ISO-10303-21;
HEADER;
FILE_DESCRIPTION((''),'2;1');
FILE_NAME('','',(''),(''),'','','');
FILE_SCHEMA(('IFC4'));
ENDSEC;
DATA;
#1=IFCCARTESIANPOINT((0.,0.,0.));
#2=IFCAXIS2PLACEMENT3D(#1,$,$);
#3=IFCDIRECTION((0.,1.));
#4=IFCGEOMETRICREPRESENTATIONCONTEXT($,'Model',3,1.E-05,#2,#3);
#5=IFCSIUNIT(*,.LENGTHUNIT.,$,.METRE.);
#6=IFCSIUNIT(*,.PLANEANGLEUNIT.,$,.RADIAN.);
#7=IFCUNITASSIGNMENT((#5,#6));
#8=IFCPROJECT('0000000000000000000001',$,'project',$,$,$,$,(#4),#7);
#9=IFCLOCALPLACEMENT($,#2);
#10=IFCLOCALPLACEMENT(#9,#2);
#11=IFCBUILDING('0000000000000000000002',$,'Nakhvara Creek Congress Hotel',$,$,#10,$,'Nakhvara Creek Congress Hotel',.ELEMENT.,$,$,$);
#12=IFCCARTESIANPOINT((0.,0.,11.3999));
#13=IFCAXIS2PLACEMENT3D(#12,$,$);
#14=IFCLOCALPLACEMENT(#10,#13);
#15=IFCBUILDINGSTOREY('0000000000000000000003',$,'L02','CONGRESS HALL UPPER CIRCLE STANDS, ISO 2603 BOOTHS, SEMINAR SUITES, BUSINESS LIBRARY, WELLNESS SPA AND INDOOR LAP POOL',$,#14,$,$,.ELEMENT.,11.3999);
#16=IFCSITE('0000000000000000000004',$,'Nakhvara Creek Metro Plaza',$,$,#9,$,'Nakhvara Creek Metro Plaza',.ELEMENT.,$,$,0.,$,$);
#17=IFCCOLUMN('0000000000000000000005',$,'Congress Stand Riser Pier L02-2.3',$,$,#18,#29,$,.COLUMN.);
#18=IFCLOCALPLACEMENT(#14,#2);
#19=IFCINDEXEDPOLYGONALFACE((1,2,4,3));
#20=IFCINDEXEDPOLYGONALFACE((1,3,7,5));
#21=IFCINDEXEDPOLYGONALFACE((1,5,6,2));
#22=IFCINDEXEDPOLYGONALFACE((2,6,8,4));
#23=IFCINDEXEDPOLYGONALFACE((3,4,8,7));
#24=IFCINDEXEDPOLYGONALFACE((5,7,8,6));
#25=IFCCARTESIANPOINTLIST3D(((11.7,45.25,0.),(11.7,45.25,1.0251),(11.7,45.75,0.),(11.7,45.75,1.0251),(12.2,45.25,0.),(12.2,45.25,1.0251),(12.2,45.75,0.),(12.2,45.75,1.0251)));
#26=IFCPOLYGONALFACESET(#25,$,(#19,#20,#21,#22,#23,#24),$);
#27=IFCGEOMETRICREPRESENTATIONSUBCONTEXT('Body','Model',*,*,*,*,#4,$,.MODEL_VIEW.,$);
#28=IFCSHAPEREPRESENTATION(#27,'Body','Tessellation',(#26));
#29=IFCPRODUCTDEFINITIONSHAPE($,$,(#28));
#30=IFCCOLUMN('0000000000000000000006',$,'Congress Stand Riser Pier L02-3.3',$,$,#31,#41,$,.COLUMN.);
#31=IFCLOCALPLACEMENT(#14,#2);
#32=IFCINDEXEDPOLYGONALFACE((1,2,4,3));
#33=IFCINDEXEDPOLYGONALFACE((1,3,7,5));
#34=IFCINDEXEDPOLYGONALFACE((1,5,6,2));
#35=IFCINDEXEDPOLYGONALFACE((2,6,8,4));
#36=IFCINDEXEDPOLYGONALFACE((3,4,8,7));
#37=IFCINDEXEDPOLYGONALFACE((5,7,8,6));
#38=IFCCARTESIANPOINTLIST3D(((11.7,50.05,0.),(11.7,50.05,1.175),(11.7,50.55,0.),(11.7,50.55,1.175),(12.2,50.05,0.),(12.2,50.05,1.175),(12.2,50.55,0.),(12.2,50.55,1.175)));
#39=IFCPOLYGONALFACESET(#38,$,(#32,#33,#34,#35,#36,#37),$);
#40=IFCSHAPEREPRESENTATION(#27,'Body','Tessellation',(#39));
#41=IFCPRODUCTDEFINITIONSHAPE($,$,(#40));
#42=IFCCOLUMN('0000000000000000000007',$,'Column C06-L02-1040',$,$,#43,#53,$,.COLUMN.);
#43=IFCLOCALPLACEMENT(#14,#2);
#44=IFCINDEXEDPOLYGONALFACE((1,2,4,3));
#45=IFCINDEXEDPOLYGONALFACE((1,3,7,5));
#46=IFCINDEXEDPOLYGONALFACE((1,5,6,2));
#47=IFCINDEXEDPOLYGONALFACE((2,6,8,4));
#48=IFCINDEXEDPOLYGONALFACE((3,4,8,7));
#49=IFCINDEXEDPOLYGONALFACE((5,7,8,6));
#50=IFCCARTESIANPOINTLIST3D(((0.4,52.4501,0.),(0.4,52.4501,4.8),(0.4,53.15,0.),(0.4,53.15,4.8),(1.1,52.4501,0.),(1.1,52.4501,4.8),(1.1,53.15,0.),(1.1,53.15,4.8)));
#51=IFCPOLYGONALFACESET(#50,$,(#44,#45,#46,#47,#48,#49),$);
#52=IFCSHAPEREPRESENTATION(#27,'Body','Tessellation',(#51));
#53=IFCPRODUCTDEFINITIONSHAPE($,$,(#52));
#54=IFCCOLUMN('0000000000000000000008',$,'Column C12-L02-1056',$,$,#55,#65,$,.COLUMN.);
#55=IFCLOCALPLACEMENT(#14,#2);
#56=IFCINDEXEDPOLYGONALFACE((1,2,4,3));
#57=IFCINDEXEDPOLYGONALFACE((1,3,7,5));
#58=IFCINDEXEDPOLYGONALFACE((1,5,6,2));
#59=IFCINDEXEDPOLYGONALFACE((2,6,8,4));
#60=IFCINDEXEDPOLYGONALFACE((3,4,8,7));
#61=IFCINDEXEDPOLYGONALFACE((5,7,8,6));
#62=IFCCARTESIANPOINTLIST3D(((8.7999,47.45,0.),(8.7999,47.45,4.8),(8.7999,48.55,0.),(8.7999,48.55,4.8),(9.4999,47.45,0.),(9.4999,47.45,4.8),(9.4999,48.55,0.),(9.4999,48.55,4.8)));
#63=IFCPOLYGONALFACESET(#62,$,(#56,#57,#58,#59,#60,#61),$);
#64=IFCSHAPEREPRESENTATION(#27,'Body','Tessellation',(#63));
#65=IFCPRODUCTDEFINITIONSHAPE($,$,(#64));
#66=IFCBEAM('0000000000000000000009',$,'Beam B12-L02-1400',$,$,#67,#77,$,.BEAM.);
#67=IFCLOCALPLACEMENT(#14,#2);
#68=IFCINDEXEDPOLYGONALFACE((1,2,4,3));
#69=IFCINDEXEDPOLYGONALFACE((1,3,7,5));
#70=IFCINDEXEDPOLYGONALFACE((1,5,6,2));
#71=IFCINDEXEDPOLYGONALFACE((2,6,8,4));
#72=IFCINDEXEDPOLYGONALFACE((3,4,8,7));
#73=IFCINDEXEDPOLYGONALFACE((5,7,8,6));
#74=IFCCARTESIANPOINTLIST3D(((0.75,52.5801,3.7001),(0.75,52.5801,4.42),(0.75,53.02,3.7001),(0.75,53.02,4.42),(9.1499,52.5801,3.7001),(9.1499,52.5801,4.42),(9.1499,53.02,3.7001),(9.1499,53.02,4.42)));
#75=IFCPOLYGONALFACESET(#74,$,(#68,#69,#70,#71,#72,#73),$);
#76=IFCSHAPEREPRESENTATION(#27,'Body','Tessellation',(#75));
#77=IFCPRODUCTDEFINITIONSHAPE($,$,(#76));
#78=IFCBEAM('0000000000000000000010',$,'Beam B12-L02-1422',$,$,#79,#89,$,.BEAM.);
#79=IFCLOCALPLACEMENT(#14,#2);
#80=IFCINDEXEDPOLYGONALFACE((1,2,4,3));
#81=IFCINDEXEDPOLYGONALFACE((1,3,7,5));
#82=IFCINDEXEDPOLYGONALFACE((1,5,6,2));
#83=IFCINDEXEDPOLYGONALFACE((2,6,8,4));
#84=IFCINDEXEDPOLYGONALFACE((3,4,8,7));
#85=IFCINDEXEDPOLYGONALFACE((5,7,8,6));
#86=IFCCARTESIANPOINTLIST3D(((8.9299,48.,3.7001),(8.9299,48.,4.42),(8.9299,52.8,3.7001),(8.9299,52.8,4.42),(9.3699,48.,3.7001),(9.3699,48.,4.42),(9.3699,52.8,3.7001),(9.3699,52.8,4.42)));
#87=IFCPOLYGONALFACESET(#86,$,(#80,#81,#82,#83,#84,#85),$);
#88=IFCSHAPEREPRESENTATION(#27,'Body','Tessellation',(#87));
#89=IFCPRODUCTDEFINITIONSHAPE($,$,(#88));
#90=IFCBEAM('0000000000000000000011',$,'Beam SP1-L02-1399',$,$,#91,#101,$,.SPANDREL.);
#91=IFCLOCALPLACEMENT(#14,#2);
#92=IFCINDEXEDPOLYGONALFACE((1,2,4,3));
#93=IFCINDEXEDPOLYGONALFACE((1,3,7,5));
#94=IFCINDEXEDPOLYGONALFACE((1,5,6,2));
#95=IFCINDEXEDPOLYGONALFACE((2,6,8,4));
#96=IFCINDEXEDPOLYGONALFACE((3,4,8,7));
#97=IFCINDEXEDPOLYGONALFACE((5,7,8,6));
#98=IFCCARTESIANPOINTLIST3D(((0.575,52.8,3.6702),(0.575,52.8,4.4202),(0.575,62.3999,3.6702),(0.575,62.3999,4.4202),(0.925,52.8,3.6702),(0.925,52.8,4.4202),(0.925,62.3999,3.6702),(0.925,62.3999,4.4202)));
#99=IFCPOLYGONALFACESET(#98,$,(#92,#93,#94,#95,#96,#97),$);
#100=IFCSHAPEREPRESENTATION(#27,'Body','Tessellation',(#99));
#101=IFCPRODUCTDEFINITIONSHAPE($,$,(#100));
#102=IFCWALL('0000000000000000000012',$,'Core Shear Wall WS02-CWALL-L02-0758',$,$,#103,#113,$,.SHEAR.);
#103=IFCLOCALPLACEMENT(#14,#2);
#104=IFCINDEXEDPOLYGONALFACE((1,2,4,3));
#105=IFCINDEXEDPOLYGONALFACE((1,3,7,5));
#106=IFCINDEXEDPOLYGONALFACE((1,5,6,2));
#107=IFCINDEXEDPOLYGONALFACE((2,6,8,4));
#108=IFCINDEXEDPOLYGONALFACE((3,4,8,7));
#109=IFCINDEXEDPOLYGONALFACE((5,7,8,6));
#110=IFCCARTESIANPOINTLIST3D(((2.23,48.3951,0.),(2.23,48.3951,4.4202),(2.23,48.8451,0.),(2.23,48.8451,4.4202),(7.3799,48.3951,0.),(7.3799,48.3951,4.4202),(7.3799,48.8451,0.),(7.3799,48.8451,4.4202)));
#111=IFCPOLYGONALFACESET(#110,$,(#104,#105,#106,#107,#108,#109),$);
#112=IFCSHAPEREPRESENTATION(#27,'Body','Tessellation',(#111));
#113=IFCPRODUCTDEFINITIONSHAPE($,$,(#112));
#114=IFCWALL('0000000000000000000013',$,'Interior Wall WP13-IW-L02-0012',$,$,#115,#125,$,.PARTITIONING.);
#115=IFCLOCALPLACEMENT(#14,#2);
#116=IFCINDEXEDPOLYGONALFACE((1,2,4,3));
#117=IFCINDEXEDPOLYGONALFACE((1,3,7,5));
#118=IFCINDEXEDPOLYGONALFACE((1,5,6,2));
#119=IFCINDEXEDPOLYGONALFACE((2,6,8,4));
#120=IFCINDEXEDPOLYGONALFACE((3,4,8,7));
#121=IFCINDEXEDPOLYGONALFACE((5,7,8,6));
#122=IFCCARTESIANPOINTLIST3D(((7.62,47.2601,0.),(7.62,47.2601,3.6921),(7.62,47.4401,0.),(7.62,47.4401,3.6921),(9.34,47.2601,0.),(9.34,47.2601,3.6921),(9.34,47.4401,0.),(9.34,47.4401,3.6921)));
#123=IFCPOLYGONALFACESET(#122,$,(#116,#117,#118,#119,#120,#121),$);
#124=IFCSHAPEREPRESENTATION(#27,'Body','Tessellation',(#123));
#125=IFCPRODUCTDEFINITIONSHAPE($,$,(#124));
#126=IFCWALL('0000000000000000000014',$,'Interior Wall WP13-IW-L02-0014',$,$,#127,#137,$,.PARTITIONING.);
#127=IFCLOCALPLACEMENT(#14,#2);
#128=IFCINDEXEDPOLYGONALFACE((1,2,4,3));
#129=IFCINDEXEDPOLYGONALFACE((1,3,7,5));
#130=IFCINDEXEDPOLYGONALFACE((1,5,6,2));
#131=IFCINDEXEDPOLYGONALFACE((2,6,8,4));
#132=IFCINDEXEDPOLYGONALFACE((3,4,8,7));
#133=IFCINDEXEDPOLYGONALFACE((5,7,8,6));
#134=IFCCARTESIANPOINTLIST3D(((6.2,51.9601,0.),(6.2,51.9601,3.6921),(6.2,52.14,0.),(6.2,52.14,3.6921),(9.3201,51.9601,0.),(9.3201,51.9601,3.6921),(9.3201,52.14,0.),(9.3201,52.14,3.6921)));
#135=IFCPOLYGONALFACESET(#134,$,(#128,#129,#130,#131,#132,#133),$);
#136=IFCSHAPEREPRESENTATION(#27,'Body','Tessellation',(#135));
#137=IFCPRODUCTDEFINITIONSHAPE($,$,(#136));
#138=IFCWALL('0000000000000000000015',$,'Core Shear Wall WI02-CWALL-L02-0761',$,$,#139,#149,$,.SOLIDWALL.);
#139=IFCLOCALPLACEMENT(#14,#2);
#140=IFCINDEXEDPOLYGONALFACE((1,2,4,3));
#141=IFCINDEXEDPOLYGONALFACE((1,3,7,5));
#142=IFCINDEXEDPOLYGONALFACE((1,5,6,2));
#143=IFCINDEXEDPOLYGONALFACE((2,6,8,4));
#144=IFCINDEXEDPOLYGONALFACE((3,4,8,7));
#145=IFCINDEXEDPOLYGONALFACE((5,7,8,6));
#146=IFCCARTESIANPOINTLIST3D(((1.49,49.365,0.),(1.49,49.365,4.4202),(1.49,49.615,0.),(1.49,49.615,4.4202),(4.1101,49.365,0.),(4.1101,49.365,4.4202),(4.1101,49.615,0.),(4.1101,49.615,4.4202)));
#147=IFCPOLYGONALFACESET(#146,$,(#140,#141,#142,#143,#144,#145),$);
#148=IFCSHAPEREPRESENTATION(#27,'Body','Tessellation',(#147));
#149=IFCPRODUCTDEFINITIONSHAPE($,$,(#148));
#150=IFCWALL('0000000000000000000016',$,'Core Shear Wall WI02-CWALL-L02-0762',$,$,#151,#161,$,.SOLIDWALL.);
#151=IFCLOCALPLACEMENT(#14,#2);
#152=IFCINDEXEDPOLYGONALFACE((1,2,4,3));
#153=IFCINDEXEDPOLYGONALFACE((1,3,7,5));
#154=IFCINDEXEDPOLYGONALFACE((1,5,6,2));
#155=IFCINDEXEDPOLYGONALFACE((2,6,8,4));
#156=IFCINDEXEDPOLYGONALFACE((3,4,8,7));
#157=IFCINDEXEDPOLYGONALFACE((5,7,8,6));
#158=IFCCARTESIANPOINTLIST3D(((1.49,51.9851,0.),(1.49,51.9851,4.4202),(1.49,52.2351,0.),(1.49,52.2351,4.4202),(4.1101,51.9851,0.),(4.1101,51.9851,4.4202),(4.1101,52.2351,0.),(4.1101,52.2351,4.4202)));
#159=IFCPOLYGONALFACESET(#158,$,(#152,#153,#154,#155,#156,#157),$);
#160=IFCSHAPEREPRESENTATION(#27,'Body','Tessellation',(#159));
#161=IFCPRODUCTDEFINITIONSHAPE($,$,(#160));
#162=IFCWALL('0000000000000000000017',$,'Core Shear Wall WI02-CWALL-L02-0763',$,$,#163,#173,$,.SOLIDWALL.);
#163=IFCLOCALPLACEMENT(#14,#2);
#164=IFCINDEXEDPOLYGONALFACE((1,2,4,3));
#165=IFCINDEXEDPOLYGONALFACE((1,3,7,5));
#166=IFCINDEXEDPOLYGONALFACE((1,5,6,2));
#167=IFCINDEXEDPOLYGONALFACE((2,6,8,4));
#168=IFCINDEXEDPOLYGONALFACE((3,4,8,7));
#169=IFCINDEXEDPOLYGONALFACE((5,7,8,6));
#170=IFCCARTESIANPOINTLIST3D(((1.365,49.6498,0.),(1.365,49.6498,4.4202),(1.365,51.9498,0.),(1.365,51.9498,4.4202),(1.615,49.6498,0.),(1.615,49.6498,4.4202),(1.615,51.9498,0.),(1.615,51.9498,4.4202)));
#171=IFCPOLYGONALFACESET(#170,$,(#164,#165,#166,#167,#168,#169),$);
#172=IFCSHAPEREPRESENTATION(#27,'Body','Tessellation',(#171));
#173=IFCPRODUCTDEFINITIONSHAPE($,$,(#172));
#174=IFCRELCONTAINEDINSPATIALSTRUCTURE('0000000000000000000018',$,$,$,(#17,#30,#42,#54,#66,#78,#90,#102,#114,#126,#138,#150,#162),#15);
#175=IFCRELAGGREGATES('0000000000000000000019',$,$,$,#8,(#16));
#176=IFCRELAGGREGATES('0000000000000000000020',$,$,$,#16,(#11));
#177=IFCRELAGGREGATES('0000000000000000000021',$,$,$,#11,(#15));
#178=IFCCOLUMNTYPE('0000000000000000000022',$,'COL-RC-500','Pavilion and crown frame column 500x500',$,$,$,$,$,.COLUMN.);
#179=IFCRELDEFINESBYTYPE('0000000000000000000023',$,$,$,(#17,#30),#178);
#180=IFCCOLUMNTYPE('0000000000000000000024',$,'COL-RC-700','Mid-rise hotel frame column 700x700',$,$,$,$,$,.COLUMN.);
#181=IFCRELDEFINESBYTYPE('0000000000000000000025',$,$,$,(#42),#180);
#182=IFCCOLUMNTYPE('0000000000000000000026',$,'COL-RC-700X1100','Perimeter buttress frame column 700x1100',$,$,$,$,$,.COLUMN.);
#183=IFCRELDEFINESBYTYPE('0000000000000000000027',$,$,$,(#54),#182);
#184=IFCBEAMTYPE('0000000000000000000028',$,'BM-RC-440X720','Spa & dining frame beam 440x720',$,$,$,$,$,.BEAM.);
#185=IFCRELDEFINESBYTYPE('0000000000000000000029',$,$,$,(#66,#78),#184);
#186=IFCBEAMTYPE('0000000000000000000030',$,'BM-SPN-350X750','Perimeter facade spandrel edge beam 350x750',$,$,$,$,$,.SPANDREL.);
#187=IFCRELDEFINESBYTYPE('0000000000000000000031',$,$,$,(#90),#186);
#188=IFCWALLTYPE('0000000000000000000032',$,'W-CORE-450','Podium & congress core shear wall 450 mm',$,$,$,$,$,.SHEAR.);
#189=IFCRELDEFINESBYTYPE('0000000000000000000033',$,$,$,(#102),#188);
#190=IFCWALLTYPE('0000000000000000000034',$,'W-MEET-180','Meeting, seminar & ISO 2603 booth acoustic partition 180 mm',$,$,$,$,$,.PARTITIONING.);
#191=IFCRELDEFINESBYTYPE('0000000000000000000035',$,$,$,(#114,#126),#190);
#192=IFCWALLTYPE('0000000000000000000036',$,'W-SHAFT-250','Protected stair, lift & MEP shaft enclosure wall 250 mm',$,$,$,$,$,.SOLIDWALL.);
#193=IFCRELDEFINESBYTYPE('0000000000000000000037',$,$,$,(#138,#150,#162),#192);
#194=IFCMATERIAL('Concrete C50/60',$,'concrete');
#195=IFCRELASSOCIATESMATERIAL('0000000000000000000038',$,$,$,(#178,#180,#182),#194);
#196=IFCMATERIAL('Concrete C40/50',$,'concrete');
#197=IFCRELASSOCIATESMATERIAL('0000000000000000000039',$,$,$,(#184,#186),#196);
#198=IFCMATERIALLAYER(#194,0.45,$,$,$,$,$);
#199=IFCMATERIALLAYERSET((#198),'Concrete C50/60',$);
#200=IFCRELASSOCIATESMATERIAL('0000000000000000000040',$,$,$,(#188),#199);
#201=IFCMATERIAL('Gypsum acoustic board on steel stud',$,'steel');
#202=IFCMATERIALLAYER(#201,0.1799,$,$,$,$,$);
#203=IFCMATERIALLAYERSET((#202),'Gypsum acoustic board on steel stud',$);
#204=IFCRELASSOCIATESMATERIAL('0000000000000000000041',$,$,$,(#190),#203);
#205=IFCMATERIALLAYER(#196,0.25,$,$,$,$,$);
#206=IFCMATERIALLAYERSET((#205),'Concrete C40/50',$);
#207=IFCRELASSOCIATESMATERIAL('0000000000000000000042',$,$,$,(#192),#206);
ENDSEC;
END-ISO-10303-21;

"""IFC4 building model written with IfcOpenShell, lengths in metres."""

from ifc_helpers import new_model, si_unit, direction, frame, frame_2d, origin, origin_2d, place, context, subcontext, project, spatial, rectangle, extrude, material, layer, layer_set, material_profile, profile_set, type_object, element, save


model = new_model("IFC4")

# Units and contexts
model_context = context("Model", 3, precision=1e-05, world=origin(), true_north=direction((0.0, 1.0)))
body_context = subcontext(model_context, "Body", "Model", "MODEL_VIEW")
ifc_project = project(units=[si_unit("LENGTHUNIT", "METRE"), si_unit("PLANEANGLEUNIT", "RADIAN")], contexts=[model_context])

# Site, building, storey
site_placement = place(None, origin())
site = spatial("IfcSite", under=ifc_project, at=site_placement, Name="Nakhvara Creek Metro Plaza", LongName="Nakhvara Creek Metro Plaza", CompositionType="ELEMENT", RefElevation=0.0)
building_placement = place(site_placement, origin())
building = spatial("IfcBuilding", under=site, at=building_placement, Name="Nakhvara Creek Congress Hotel", LongName="Nakhvara Creek Congress Hotel", CompositionType="ELEMENT")
storey_placement = place(building_placement, frame((0.0, 0.0, 11.3999)))
storey = spatial("IfcBuildingStorey", under=building, at=storey_placement, Name="L02", Description="CONGRESS HALL UPPER CIRCLE STANDS, ISO 2603 BOOTHS, SEMINAR SUITES, BUSINESS LIBRARY, WELLNESS SPA AND INDOOR LAP POOL", CompositionType="ELEMENT", Elevation=11.3999)

# Columns
ifc_material_1 = material(Name="Concrete C50/60", Category="concrete")
ifc_material_profile_1 = material_profile(ifc_material_1, rectangle(XDim=0.5, YDim=0.5, at=origin_2d()), Name="RC-COL 500x500", Category="LoadBearing")
ifc_profile_set_1 = profile_set([ifc_material_profile_1], Name="Concrete C50/60")
column_type_1 = type_object("IfcColumnType", Name="COL-RC-500", Description="Pavilion and crown frame column 500x500", PredefinedType="COLUMN", material=ifc_profile_set_1)
column_1_placement = place(storey_placement, frame((11.95, 45.5, 0.0), z_axis=(0.0, 0.0, 1.0), x_axis=(1.0, 0.0, 0.0)))
element("IfcColumn", 1, at=column_1_placement, inside=storey, type_object=column_type_1, Name="Congress Stand Riser Pier L02-2.3", PredefinedType="COLUMN", context=body_context, shape_type="SweptSolid", body=[
    extrude(rectangle(XDim=0.5, YDim=0.5, at=origin_2d()), origin(), (0.0, 0.0, 1.0), 1.0251),
])
column_2_placement = place(storey_placement, frame((11.95, 50.3, 0.0), z_axis=(0.0, 0.0, 1.0), x_axis=(1.0, 0.0, 0.0)))
element("IfcColumn", 2, at=column_2_placement, inside=storey, type_object=column_type_1, Name="Congress Stand Riser Pier L02-3.3", PredefinedType="COLUMN", context=body_context, shape_type="SweptSolid", body=[
    extrude(rectangle(XDim=0.5, YDim=0.5, at=origin_2d()), origin(), (0.0, 0.0, 1.0), 1.175),
])
ifc_material_profile_2 = material_profile(ifc_material_1, rectangle(XDim=0.7, YDim=0.7, at=origin_2d()), Name="RC-COL 700x700", Category="LoadBearing")
ifc_profile_set_2 = profile_set([ifc_material_profile_2], Name="Concrete C50/60")
column_type_2 = type_object("IfcColumnType", Name="COL-RC-700", Description="Mid-rise hotel frame column 700x700", PredefinedType="COLUMN", material=ifc_profile_set_2)
column_3_placement = place(storey_placement, frame((0.75, 52.8, 0.0), z_axis=(0.0, 0.0, 1.0), x_axis=(1.0, 0.0, 0.0)))
element("IfcColumn", 3, at=column_3_placement, inside=storey, type_object=column_type_2, Name="Column C06-L02-1040", PredefinedType="COLUMN", context=body_context, shape_type="SweptSolid", body=[
    extrude(rectangle(XDim=0.7, YDim=0.7, at=origin_2d()), origin(), (0.0, 0.0, 1.0), 4.8),
])
ifc_material_profile_3 = material_profile(ifc_material_1, rectangle(XDim=0.7, YDim=1.1001, at=origin_2d()), Name="RC-COL 700x1100", Category="LoadBearing")
ifc_profile_set_3 = profile_set([ifc_material_profile_3], Name="Concrete C50/60")
column_type_3 = type_object("IfcColumnType", Name="COL-RC-700X1100", Description="Perimeter buttress frame column 700x1100", PredefinedType="COLUMN", material=ifc_profile_set_3)
column_4_placement = place(storey_placement, frame((9.1499, 48.0, 0.0), z_axis=(0.0, 0.0, 1.0), x_axis=(1.0, 0.0, 0.0)))
element("IfcColumn", 4, at=column_4_placement, inside=storey, type_object=column_type_3, Name="Column C12-L02-1056", PredefinedType="COLUMN", context=body_context, shape_type="SweptSolid", body=[
    extrude(rectangle(XDim=0.7, YDim=1.1001, at=origin_2d()), origin(), (0.0, 0.0, 1.0), 4.8),
])

# Beams
ifc_material_2 = material(Name="Concrete C40/50", Category="concrete")
ifc_material_profile_4 = material_profile(ifc_material_2, rectangle(XDim=0.4399, YDim=0.72, at=origin_2d()), Name="RC-BM 440x720", Category="LoadBearing")
ifc_profile_set_4 = profile_set([ifc_material_profile_4], Name="Concrete C40/50")
beam_type_1 = type_object("IfcBeamType", Name="BM-RC-440X720", Description="Spa & dining frame beam 440x720", PredefinedType="BEAM", material=ifc_profile_set_4)
beam_1_placement = place(storey_placement, frame((0.75, 52.8, 4.0601), z_axis=(1.0, 0.0, 0.0), x_axis=(0.0, 1.0, 0.0)))
element("IfcBeam", 5, at=beam_1_placement, inside=storey, type_object=beam_type_1, Name="Beam B12-L02-1400", PredefinedType="BEAM", context=body_context, shape_type="SweptSolid", body=[
    extrude(rectangle(XDim=0.4399, YDim=0.72, at=origin_2d()), origin(), (0.0, 0.0, 1.0), 8.3999),
])
beam_2_placement = place(storey_placement, frame((9.1499, 48.0, 4.0601), z_axis=(0.0, 1.0, 0.0), x_axis=(-1.0, 0.0, 0.0)))
element("IfcBeam", 6, at=beam_2_placement, inside=storey, type_object=beam_type_1, Name="Beam B12-L02-1422", PredefinedType="BEAM", context=body_context, shape_type="SweptSolid", body=[
    extrude(rectangle(XDim=0.4399, YDim=0.72, at=origin_2d()), origin(), (0.0, 0.0, 1.0), 4.8),
])
ifc_material_profile_5 = material_profile(ifc_material_2, rectangle(XDim=0.3501, YDim=0.75, at=origin_2d()), Name="RC-SPANDREL 350x750", Category="LoadBearing")
ifc_profile_set_5 = profile_set([ifc_material_profile_5], Name="Concrete C40/50")
beam_type_2 = type_object("IfcBeamType", Name="BM-SPN-350X750", Description="Perimeter facade spandrel edge beam 350x750", PredefinedType="SPANDREL", material=ifc_profile_set_5)
beam_3_placement = place(storey_placement, frame((0.75, 52.8, 4.0452), z_axis=(0.0, 1.0, 0.0), x_axis=(-1.0, 0.0, 0.0)))
element("IfcBeam", 7, at=beam_3_placement, inside=storey, type_object=beam_type_2, Name="Beam SP1-L02-1399", PredefinedType="SPANDREL", context=body_context, shape_type="SweptSolid", body=[
    extrude(rectangle(XDim=0.3501, YDim=0.75, at=origin_2d()), origin(), (0.0, 0.0, 1.0), 9.5999),
])

# Wall
ifc_layer_1 = layer(ifc_material_1, 0.45)
ifc_layer_set_1 = layer_set([ifc_layer_1], Name="Concrete C50/60")
wall_type_1 = type_object("IfcWallType", Name="W-CORE-450", Description="Podium & congress core shear wall 450 mm", PredefinedType="SHEAR", material=ifc_layer_set_1)
wall_1_placement = place(storey_placement, frame((2.23, 48.6201, 0.0), z_axis=(0.0, 0.0, 1.0), x_axis=(1.0, 0.0, 0.0)))
element("IfcWall", 8, at=wall_1_placement, inside=storey, type_object=wall_type_1, Name="Core Shear Wall WS02-CWALL-L02-0758", PredefinedType="SHEAR", context=body_context, shape_type="SweptSolid", body=[
    extrude(rectangle(XDim=5.1499, YDim=0.45, at=frame_2d((2.575, 0.0))), origin(), (0.0, 0.0, 1.0), 4.4202),
])

# Shared definitions
ifc_material_3 = material(Name="Gypsum acoustic board on steel stud", Category="steel")
ifc_layer_2 = layer(ifc_material_3, 0.1799)
ifc_layer_set_2 = layer_set([ifc_layer_2], Name="Gypsum acoustic board on steel stud")
wall_type_2 = type_object("IfcWallType", Name="W-MEET-180", Description="Meeting, seminar & ISO 2603 booth acoustic partition 180 mm", PredefinedType="PARTITIONING", material=ifc_layer_set_2)

# Wall
wall_2_placement = place(storey_placement, frame((7.6201, 47.3501, 0.0), z_axis=(0.0, 0.0, 1.0), x_axis=(1.0, 0.0, 0.0)))
element("IfcWall", 9, at=wall_2_placement, inside=storey, type_object=wall_type_2, Name="Interior Wall WP13-IW-L02-0012", PredefinedType="PARTITIONING", context=body_context, shape_type="SweptSolid", body=[
    extrude(rectangle(XDim=1.72, YDim=0.1799, at=frame_2d((0.8599, 0.0))), origin(), (0.0, 0.0, 1.0), 3.6921),
])

# Walls
wall_3_placement = place(storey_placement, frame((6.2, 52.05, 0.0), z_axis=(0.0, 0.0, 1.0), x_axis=(1.0, 0.0, 0.0)))
element("IfcWall", 10, at=wall_3_placement, inside=storey, type_object=wall_type_2, Name="Interior Wall WP13-IW-L02-0014", PredefinedType="PARTITIONING", context=body_context, shape_type="SweptSolid", body=[
    extrude(rectangle(XDim=3.1201, YDim=0.1799, at=frame_2d((1.5601, 0.0))), origin(), (0.0, 0.0, 1.0), 3.6921),
])
ifc_layer_3 = layer(ifc_material_2, 0.25)
ifc_layer_set_3 = layer_set([ifc_layer_3], Name="Concrete C40/50")
wall_type_3 = type_object("IfcWallType", Name="W-SHAFT-250", Description="Protected stair, lift & MEP shaft enclosure wall 250 mm", PredefinedType="SOLIDWALL", material=ifc_layer_set_3)
for number, where, z_axis, x_axis, name in (
    (11, (1.49, 49.49, 0.0), (0.0, 0.0, 1.0), (1.0, 0.0, 0.0), "Core Shear Wall WI02-CWALL-L02-0761"),
    (12, (1.49, 52.1101, 0.0), (0.0, 0.0, 1.0), (1.0, 0.0, 0.0), "Core Shear Wall WI02-CWALL-L02-0762"),
):
    element("IfcWall", number, at=place(storey_placement, frame(where, z_axis=z_axis, x_axis=x_axis)), inside=storey, type_object=wall_type_3, Name=name, PredefinedType="SOLIDWALL", context=body_context, shape_type="SweptSolid", body=[
        extrude(rectangle(XDim=2.6201, YDim=0.25, at=frame_2d((1.3101, 0.0))), origin(), (0.0, 0.0, 1.0), 4.4202),
    ])
wall_4_placement = place(storey_placement, frame((1.49, 49.6499, 0.0), z_axis=(0.0, 0.0, 1.0), x_axis=(0.0, 1.0, 0.0)))
element("IfcWall", 13, at=wall_4_placement, inside=storey, type_object=wall_type_3, Name="Core Shear Wall WI02-CWALL-L02-0763", PredefinedType="SOLIDWALL", context=body_context, shape_type="SweptSolid", body=[
    extrude(rectangle(XDim=2.3, YDim=0.25, at=frame_2d((1.1499, 0.0))), origin(), (0.0, 0.0, 1.0), 4.4202),
])

save(model, "model.ifc")
